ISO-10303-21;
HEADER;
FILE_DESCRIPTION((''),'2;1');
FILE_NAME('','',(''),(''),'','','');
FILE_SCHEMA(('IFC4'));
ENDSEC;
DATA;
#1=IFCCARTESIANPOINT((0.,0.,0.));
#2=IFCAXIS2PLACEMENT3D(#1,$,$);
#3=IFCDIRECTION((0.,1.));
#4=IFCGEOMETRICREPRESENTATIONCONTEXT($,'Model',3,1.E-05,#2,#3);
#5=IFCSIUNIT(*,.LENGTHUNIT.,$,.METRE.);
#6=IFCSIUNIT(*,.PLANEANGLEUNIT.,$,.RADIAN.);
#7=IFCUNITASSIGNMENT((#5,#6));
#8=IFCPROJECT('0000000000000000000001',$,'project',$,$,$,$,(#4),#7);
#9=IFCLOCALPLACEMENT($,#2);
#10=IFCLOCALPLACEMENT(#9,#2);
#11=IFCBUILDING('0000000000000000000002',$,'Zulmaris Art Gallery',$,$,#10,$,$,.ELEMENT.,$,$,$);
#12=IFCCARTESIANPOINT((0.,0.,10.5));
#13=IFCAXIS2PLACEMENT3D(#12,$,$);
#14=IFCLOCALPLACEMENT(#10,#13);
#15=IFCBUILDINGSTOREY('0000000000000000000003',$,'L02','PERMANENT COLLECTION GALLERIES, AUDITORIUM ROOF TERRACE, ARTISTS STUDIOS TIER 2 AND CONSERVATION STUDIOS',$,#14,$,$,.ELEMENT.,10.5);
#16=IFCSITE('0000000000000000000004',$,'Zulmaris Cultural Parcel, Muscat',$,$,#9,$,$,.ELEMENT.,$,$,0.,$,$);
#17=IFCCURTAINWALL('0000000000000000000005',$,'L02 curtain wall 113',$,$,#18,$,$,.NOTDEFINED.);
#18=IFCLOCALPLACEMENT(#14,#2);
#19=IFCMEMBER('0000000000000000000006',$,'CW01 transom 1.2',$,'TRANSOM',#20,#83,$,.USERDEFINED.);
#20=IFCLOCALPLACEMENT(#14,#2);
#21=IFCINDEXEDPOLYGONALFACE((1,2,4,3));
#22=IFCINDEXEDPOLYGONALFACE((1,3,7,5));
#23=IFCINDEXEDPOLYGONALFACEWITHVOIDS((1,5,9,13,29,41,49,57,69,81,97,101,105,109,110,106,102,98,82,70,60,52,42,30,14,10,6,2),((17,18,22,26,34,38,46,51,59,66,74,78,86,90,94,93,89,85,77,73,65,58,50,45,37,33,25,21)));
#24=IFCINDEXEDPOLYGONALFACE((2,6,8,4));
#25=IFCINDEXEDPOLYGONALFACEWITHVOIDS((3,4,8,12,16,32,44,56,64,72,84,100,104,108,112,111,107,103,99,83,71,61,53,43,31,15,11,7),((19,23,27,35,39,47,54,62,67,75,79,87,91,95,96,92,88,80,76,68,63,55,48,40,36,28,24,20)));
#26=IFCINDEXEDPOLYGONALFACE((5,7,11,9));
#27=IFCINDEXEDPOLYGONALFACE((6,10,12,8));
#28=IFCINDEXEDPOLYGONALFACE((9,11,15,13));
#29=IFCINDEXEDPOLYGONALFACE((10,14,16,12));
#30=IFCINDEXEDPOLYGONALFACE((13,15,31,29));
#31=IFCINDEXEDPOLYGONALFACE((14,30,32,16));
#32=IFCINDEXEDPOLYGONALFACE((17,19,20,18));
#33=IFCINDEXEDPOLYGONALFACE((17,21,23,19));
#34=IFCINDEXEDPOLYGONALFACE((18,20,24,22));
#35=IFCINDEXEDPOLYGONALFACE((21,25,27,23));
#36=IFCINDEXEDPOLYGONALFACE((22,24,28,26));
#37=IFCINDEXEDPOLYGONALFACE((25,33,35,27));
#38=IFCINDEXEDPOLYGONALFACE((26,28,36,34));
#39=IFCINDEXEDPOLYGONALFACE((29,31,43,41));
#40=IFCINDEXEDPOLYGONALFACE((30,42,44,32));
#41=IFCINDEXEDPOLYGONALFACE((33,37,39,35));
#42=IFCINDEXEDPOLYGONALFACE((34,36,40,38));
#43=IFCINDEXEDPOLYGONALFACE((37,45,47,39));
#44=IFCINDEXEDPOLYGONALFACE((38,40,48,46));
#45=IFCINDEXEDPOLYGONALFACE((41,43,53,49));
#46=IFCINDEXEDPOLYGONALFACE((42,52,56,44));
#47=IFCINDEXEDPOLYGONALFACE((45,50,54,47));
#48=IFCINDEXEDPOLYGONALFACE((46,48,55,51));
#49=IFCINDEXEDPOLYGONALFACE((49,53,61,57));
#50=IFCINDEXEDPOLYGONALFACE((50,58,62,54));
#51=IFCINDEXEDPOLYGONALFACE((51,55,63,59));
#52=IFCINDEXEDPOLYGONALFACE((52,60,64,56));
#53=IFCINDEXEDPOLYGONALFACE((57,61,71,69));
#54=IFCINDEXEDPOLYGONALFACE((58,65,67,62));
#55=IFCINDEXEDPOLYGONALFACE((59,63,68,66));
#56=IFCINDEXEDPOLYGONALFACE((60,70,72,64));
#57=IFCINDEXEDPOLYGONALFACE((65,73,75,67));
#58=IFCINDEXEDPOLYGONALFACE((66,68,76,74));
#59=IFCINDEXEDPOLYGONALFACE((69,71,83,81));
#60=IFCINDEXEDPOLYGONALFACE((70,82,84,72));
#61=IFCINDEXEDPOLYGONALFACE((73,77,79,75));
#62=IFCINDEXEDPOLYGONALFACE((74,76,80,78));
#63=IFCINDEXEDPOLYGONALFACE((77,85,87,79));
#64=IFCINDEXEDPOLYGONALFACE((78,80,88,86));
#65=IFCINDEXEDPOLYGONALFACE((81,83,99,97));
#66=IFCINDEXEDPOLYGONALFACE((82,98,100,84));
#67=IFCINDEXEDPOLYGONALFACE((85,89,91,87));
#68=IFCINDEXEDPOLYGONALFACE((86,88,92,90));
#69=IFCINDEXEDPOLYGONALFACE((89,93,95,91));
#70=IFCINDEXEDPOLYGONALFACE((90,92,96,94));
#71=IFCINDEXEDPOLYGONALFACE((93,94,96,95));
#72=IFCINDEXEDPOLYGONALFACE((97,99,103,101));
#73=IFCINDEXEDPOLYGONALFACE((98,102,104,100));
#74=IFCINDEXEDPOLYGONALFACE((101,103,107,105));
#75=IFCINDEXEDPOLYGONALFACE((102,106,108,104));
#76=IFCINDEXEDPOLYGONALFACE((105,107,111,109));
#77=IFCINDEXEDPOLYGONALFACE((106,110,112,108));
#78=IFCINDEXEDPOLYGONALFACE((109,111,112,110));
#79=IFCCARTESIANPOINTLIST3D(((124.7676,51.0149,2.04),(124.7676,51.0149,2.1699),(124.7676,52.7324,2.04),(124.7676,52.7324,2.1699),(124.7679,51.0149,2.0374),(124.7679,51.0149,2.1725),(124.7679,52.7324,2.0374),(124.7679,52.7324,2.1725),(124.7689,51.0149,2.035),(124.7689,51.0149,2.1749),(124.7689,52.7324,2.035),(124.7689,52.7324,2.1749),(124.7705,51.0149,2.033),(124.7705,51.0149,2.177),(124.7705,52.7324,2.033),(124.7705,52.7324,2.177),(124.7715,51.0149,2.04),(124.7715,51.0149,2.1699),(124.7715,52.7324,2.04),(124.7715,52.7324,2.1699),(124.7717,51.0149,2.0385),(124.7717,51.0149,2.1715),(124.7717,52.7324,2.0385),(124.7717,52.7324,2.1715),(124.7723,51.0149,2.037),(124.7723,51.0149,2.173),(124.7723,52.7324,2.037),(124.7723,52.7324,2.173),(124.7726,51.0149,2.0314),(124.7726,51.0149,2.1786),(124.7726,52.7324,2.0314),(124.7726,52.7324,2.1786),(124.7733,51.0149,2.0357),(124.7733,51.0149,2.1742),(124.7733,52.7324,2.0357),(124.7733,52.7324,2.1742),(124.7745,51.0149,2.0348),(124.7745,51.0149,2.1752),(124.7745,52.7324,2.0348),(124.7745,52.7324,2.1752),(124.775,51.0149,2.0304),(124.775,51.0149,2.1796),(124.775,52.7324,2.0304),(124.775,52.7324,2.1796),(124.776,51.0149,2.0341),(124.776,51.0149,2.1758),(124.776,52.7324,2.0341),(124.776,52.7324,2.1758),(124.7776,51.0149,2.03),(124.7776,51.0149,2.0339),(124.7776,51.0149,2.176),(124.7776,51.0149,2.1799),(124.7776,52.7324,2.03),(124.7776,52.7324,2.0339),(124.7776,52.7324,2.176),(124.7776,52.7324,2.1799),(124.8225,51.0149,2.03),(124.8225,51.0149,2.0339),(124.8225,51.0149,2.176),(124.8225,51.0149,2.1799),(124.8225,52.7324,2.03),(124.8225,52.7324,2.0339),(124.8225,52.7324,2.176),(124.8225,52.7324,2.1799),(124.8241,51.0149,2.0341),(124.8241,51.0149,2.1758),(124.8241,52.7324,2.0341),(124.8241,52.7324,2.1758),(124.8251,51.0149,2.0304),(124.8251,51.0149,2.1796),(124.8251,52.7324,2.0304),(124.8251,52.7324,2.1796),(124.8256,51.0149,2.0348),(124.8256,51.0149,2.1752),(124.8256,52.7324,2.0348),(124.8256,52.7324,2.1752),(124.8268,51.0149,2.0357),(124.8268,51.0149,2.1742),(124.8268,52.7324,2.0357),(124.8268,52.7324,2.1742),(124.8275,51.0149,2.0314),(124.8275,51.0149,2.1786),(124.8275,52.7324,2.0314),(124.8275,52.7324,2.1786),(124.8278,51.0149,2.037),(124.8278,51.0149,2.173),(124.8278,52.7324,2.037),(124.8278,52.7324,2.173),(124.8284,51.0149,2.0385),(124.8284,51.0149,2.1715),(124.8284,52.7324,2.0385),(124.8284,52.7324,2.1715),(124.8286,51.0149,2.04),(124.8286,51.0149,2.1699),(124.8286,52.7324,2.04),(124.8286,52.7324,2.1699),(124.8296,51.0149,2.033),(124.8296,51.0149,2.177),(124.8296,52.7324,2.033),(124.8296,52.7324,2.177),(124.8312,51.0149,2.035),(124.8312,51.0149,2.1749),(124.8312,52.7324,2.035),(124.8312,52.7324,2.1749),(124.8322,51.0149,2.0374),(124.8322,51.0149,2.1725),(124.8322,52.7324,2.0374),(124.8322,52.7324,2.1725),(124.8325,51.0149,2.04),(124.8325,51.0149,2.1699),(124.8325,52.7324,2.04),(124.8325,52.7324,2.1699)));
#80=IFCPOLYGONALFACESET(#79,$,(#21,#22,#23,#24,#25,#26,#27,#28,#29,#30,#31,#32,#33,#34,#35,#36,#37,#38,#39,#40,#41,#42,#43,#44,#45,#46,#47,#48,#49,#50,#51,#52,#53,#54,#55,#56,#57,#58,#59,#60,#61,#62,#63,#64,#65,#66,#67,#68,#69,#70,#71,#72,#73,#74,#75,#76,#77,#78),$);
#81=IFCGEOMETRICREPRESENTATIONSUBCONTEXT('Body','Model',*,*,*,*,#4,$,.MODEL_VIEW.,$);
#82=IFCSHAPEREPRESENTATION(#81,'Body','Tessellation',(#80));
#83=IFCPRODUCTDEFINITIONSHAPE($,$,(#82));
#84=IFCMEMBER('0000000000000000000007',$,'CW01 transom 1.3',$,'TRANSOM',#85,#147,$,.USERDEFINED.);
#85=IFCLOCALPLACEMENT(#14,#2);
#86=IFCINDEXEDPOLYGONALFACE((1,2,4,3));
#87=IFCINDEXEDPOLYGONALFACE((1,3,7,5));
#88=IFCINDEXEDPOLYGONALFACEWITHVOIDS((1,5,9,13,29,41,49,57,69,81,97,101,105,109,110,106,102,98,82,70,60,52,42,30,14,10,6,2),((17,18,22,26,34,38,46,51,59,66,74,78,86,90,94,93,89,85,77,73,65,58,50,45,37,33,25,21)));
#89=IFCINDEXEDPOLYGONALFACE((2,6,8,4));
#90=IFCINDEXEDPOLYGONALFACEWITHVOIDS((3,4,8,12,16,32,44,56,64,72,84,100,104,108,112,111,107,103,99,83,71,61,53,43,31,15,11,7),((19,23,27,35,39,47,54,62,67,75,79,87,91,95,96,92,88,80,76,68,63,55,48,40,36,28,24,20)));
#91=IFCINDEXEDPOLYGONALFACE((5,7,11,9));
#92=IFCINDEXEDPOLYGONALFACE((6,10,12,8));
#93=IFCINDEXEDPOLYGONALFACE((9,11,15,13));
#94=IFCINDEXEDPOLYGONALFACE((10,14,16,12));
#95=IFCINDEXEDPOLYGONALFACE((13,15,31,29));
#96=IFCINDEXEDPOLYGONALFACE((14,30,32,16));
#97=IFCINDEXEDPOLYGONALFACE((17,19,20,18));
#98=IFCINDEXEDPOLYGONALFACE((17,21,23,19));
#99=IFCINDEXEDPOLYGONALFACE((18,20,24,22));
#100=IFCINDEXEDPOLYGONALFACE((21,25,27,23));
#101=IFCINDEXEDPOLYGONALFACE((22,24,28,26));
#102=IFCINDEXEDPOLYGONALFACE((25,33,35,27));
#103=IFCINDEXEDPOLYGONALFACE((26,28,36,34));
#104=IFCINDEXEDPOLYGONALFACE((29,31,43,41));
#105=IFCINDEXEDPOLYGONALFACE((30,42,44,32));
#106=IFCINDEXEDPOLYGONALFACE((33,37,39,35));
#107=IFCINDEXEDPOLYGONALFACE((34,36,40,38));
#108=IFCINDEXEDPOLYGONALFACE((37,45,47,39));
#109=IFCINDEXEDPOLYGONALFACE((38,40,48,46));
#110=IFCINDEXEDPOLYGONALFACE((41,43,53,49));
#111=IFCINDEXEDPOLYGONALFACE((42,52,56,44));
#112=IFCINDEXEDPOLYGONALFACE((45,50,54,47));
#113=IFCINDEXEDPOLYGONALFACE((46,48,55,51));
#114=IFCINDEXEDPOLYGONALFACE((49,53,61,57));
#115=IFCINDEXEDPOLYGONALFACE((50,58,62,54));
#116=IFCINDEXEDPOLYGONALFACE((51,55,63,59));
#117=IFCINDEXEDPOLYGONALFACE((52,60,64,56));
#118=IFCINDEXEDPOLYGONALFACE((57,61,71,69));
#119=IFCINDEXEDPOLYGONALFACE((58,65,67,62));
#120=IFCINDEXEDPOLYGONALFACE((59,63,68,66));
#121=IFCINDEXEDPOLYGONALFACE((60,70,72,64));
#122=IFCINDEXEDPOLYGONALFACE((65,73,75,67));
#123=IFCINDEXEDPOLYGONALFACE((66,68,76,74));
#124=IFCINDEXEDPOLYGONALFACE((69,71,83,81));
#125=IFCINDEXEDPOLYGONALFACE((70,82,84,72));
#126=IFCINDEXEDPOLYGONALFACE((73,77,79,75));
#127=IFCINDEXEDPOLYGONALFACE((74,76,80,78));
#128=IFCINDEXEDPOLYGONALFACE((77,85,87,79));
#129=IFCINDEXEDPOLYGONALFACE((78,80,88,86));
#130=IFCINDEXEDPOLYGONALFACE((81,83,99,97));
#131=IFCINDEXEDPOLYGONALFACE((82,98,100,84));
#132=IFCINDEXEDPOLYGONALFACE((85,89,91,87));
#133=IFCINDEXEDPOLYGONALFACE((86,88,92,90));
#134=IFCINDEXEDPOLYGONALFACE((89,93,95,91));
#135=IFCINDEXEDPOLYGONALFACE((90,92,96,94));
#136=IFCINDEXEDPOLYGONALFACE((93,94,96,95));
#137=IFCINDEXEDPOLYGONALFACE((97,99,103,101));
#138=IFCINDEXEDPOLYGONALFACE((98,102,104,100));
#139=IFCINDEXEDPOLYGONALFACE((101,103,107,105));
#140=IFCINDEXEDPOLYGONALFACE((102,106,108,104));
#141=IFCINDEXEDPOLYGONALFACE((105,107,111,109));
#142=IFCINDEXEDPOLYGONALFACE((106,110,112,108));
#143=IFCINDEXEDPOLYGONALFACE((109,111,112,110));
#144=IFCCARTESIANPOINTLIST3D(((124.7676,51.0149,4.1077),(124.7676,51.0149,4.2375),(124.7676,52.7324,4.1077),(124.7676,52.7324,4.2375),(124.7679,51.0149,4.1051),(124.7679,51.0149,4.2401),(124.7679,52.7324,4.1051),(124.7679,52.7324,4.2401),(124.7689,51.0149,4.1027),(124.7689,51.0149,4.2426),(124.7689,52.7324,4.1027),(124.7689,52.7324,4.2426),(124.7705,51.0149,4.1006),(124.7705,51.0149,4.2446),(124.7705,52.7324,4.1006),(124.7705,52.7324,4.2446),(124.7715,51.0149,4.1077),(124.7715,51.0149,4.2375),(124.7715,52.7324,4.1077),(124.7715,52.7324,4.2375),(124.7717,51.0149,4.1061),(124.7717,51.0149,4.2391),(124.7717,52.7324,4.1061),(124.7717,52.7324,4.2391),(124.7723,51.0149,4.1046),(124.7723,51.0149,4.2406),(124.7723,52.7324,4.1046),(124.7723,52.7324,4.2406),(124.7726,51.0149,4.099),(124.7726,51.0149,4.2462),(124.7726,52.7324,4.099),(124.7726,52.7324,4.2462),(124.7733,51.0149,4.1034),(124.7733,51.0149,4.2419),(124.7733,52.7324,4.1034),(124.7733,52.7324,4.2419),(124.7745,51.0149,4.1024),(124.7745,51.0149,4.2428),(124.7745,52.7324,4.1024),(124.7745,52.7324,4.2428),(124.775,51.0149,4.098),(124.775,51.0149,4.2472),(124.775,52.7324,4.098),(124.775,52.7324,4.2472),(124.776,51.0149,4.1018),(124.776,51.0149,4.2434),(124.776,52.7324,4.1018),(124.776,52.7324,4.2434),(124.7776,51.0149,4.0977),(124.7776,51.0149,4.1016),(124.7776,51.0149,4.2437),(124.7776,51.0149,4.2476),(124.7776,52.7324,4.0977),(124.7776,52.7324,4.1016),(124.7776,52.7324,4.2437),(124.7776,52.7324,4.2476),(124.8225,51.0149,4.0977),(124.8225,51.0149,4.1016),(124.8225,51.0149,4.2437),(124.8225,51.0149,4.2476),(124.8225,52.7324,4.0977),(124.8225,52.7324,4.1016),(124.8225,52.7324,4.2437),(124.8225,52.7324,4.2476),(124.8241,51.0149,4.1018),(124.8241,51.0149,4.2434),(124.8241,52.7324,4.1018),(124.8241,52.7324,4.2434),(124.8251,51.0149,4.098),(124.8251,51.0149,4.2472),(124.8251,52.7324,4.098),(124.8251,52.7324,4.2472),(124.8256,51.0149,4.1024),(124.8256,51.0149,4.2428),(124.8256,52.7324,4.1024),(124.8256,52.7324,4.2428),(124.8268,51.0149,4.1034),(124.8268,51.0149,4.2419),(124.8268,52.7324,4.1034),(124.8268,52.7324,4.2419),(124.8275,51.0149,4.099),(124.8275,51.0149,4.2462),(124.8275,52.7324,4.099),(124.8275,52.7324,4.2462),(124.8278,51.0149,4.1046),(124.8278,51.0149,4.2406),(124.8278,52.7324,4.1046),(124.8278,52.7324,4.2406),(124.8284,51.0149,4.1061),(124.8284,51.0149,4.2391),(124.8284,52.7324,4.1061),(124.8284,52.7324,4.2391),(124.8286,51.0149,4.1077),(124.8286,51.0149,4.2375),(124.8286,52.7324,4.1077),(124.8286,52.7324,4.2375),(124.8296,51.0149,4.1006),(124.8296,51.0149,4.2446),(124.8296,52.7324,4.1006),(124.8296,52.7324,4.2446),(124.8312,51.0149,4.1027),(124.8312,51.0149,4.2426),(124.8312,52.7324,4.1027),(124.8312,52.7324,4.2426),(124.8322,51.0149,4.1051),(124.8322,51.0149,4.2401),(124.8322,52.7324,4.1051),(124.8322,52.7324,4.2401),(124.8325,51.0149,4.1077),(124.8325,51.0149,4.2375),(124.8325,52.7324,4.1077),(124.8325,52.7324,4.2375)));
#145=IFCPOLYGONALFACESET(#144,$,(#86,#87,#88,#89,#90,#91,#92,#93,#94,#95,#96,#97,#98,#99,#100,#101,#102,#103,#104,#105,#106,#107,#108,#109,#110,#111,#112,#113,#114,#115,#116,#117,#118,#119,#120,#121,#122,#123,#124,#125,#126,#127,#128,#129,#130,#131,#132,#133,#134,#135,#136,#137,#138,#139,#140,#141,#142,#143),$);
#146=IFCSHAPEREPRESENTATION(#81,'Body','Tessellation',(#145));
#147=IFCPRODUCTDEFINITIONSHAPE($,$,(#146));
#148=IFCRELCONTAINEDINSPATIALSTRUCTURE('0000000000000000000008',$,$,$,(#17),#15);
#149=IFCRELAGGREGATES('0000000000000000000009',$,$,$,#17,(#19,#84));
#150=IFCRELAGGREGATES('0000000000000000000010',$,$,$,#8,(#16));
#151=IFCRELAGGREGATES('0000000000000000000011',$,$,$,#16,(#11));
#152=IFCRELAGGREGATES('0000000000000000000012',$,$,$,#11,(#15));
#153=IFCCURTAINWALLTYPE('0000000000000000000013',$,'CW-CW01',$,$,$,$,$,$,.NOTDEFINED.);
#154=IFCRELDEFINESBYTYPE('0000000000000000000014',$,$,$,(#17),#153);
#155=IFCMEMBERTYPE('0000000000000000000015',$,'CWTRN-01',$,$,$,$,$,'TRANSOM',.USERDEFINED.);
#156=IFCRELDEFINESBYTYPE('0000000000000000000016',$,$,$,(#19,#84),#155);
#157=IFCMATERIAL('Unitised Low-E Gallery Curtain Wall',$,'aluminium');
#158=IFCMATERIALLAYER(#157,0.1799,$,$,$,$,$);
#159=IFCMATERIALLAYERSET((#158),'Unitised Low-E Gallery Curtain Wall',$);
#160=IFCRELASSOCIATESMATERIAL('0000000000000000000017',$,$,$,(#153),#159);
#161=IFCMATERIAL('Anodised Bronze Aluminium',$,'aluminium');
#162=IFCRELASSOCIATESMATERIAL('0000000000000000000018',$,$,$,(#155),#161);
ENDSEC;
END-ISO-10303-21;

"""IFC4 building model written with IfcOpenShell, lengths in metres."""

from ifc_helpers import new_model, si_unit, direction, frame, origin, origin_2d, place, context, subcontext, project, spatial, hollow_rectangle, extrude, material, layer, layer_set, material_profile, profile_set, type_object, element, aggregate, save


model = new_model("IFC4")

# Units and contexts
model_context = context("Model", 3, precision=1e-05, world=origin(), true_north=direction((0.0, 1.0)))
body_context = subcontext(model_context, "Body", "Model", "MODEL_VIEW")
ifc_project = project(units=[si_unit("LENGTHUNIT", "METRE"), si_unit("PLANEANGLEUNIT", "RADIAN")], contexts=[model_context])

# Site, building, storey
site_placement = place(None, origin())
site = spatial("IfcSite", under=ifc_project, at=site_placement, Name="Zulmaris Cultural Parcel, Muscat", CompositionType="ELEMENT", RefElevation=0.0)
building_placement = place(site_placement, origin())
building = spatial("IfcBuilding", under=site, at=building_placement, Name="Zulmaris Art Gallery", CompositionType="ELEMENT")
storey_placement = place(building_placement, frame((0.0, 0.0, 10.5)))
storey = spatial("IfcBuildingStorey", under=building, at=storey_placement, Name="L02", Description="PERMANENT COLLECTION GALLERIES, AUDITORIUM ROOF TERRACE, ARTISTS STUDIOS TIER 2 AND CONSERVATION STUDIOS", CompositionType="ELEMENT", Elevation=10.5)

# Curtain wall, members
ifc_material_1 = material(Name="Unitised Low-E Gallery Curtain Wall", Category="aluminium")
ifc_layer_1 = layer(ifc_material_1, 0.1799)
ifc_layer_set_1 = layer_set([ifc_layer_1], Name="Unitised Low-E Gallery Curtain Wall")
curtain_wall_type = type_object("IfcCurtainWallType", Name="CW-CW01", PredefinedType="NOTDEFINED", material=ifc_layer_set_1)
ifc_material_2 = material(Name="Anodised Bronze Aluminium", Category="aluminium")
curtain_wall_1_placement = place(storey_placement, origin())
curtain_wall_1 = element("IfcCurtainWall", 1, at=curtain_wall_1_placement, inside=storey, type_object=curtain_wall_type, Name="L02 curtain wall 113", PredefinedType="NOTDEFINED")
ifc_material_profile_1 = material_profile(ifc_material_2, hollow_rectangle(XDim=0.0649, YDim=0.1499, WallThickness=0.0039, InnerFilletRadius=0.0061, OuterFilletRadius=0.01, at=origin_2d()), Name="ALU 65x150x4")
ifc_profile_set_1 = profile_set([ifc_material_profile_1], Name="Anodised Bronze Aluminium")
member_type_1 = type_object("IfcMemberType", Name="CWTRN-01", ElementType="TRANSOM", PredefinedType="USERDEFINED", material=ifc_profile_set_1)
member_1_placement = place(storey_placement, frame((124.8, 51.0149, 2.105), z_axis=(0.0, 1.0, 0.0), x_axis=(-1.0, 0.0, 0.0)))
member_1 = element("IfcMember", 2, at=member_1_placement, type_object=member_type_1, Name="CW01 transom 1.2", ObjectType="TRANSOM", PredefinedType="USERDEFINED", context=body_context, shape_type="SweptSolid", body=[
    extrude(hollow_rectangle(XDim=0.0649, YDim=0.1499, WallThickness=0.0039, InnerFilletRadius=0.0061, OuterFilletRadius=0.01, at=origin_2d()), origin(), (0.0, 0.0, 1.0), 1.7175),
])
member_2_placement = place(storey_placement, frame((124.8, 51.0149, 4.1726), z_axis=(0.0, 1.0, 0.0), x_axis=(-1.0, 0.0, 0.0)))
member_2 = element("IfcMember", 3, at=member_2_placement, type_object=member_type_1, Name="CW01 transom 1.3", ObjectType="TRANSOM", PredefinedType="USERDEFINED", context=body_context, shape_type="SweptSolid", body=[
    extrude(hollow_rectangle(XDim=0.0649, YDim=0.1499, WallThickness=0.0039, InnerFilletRadius=0.0061, OuterFilletRadius=0.01, at=origin_2d()), origin(), (0.0, 0.0, 1.0), 1.7175),
])

aggregate(curtain_wall_1, [member_1, member_2])

save(model, "model.ifc")
